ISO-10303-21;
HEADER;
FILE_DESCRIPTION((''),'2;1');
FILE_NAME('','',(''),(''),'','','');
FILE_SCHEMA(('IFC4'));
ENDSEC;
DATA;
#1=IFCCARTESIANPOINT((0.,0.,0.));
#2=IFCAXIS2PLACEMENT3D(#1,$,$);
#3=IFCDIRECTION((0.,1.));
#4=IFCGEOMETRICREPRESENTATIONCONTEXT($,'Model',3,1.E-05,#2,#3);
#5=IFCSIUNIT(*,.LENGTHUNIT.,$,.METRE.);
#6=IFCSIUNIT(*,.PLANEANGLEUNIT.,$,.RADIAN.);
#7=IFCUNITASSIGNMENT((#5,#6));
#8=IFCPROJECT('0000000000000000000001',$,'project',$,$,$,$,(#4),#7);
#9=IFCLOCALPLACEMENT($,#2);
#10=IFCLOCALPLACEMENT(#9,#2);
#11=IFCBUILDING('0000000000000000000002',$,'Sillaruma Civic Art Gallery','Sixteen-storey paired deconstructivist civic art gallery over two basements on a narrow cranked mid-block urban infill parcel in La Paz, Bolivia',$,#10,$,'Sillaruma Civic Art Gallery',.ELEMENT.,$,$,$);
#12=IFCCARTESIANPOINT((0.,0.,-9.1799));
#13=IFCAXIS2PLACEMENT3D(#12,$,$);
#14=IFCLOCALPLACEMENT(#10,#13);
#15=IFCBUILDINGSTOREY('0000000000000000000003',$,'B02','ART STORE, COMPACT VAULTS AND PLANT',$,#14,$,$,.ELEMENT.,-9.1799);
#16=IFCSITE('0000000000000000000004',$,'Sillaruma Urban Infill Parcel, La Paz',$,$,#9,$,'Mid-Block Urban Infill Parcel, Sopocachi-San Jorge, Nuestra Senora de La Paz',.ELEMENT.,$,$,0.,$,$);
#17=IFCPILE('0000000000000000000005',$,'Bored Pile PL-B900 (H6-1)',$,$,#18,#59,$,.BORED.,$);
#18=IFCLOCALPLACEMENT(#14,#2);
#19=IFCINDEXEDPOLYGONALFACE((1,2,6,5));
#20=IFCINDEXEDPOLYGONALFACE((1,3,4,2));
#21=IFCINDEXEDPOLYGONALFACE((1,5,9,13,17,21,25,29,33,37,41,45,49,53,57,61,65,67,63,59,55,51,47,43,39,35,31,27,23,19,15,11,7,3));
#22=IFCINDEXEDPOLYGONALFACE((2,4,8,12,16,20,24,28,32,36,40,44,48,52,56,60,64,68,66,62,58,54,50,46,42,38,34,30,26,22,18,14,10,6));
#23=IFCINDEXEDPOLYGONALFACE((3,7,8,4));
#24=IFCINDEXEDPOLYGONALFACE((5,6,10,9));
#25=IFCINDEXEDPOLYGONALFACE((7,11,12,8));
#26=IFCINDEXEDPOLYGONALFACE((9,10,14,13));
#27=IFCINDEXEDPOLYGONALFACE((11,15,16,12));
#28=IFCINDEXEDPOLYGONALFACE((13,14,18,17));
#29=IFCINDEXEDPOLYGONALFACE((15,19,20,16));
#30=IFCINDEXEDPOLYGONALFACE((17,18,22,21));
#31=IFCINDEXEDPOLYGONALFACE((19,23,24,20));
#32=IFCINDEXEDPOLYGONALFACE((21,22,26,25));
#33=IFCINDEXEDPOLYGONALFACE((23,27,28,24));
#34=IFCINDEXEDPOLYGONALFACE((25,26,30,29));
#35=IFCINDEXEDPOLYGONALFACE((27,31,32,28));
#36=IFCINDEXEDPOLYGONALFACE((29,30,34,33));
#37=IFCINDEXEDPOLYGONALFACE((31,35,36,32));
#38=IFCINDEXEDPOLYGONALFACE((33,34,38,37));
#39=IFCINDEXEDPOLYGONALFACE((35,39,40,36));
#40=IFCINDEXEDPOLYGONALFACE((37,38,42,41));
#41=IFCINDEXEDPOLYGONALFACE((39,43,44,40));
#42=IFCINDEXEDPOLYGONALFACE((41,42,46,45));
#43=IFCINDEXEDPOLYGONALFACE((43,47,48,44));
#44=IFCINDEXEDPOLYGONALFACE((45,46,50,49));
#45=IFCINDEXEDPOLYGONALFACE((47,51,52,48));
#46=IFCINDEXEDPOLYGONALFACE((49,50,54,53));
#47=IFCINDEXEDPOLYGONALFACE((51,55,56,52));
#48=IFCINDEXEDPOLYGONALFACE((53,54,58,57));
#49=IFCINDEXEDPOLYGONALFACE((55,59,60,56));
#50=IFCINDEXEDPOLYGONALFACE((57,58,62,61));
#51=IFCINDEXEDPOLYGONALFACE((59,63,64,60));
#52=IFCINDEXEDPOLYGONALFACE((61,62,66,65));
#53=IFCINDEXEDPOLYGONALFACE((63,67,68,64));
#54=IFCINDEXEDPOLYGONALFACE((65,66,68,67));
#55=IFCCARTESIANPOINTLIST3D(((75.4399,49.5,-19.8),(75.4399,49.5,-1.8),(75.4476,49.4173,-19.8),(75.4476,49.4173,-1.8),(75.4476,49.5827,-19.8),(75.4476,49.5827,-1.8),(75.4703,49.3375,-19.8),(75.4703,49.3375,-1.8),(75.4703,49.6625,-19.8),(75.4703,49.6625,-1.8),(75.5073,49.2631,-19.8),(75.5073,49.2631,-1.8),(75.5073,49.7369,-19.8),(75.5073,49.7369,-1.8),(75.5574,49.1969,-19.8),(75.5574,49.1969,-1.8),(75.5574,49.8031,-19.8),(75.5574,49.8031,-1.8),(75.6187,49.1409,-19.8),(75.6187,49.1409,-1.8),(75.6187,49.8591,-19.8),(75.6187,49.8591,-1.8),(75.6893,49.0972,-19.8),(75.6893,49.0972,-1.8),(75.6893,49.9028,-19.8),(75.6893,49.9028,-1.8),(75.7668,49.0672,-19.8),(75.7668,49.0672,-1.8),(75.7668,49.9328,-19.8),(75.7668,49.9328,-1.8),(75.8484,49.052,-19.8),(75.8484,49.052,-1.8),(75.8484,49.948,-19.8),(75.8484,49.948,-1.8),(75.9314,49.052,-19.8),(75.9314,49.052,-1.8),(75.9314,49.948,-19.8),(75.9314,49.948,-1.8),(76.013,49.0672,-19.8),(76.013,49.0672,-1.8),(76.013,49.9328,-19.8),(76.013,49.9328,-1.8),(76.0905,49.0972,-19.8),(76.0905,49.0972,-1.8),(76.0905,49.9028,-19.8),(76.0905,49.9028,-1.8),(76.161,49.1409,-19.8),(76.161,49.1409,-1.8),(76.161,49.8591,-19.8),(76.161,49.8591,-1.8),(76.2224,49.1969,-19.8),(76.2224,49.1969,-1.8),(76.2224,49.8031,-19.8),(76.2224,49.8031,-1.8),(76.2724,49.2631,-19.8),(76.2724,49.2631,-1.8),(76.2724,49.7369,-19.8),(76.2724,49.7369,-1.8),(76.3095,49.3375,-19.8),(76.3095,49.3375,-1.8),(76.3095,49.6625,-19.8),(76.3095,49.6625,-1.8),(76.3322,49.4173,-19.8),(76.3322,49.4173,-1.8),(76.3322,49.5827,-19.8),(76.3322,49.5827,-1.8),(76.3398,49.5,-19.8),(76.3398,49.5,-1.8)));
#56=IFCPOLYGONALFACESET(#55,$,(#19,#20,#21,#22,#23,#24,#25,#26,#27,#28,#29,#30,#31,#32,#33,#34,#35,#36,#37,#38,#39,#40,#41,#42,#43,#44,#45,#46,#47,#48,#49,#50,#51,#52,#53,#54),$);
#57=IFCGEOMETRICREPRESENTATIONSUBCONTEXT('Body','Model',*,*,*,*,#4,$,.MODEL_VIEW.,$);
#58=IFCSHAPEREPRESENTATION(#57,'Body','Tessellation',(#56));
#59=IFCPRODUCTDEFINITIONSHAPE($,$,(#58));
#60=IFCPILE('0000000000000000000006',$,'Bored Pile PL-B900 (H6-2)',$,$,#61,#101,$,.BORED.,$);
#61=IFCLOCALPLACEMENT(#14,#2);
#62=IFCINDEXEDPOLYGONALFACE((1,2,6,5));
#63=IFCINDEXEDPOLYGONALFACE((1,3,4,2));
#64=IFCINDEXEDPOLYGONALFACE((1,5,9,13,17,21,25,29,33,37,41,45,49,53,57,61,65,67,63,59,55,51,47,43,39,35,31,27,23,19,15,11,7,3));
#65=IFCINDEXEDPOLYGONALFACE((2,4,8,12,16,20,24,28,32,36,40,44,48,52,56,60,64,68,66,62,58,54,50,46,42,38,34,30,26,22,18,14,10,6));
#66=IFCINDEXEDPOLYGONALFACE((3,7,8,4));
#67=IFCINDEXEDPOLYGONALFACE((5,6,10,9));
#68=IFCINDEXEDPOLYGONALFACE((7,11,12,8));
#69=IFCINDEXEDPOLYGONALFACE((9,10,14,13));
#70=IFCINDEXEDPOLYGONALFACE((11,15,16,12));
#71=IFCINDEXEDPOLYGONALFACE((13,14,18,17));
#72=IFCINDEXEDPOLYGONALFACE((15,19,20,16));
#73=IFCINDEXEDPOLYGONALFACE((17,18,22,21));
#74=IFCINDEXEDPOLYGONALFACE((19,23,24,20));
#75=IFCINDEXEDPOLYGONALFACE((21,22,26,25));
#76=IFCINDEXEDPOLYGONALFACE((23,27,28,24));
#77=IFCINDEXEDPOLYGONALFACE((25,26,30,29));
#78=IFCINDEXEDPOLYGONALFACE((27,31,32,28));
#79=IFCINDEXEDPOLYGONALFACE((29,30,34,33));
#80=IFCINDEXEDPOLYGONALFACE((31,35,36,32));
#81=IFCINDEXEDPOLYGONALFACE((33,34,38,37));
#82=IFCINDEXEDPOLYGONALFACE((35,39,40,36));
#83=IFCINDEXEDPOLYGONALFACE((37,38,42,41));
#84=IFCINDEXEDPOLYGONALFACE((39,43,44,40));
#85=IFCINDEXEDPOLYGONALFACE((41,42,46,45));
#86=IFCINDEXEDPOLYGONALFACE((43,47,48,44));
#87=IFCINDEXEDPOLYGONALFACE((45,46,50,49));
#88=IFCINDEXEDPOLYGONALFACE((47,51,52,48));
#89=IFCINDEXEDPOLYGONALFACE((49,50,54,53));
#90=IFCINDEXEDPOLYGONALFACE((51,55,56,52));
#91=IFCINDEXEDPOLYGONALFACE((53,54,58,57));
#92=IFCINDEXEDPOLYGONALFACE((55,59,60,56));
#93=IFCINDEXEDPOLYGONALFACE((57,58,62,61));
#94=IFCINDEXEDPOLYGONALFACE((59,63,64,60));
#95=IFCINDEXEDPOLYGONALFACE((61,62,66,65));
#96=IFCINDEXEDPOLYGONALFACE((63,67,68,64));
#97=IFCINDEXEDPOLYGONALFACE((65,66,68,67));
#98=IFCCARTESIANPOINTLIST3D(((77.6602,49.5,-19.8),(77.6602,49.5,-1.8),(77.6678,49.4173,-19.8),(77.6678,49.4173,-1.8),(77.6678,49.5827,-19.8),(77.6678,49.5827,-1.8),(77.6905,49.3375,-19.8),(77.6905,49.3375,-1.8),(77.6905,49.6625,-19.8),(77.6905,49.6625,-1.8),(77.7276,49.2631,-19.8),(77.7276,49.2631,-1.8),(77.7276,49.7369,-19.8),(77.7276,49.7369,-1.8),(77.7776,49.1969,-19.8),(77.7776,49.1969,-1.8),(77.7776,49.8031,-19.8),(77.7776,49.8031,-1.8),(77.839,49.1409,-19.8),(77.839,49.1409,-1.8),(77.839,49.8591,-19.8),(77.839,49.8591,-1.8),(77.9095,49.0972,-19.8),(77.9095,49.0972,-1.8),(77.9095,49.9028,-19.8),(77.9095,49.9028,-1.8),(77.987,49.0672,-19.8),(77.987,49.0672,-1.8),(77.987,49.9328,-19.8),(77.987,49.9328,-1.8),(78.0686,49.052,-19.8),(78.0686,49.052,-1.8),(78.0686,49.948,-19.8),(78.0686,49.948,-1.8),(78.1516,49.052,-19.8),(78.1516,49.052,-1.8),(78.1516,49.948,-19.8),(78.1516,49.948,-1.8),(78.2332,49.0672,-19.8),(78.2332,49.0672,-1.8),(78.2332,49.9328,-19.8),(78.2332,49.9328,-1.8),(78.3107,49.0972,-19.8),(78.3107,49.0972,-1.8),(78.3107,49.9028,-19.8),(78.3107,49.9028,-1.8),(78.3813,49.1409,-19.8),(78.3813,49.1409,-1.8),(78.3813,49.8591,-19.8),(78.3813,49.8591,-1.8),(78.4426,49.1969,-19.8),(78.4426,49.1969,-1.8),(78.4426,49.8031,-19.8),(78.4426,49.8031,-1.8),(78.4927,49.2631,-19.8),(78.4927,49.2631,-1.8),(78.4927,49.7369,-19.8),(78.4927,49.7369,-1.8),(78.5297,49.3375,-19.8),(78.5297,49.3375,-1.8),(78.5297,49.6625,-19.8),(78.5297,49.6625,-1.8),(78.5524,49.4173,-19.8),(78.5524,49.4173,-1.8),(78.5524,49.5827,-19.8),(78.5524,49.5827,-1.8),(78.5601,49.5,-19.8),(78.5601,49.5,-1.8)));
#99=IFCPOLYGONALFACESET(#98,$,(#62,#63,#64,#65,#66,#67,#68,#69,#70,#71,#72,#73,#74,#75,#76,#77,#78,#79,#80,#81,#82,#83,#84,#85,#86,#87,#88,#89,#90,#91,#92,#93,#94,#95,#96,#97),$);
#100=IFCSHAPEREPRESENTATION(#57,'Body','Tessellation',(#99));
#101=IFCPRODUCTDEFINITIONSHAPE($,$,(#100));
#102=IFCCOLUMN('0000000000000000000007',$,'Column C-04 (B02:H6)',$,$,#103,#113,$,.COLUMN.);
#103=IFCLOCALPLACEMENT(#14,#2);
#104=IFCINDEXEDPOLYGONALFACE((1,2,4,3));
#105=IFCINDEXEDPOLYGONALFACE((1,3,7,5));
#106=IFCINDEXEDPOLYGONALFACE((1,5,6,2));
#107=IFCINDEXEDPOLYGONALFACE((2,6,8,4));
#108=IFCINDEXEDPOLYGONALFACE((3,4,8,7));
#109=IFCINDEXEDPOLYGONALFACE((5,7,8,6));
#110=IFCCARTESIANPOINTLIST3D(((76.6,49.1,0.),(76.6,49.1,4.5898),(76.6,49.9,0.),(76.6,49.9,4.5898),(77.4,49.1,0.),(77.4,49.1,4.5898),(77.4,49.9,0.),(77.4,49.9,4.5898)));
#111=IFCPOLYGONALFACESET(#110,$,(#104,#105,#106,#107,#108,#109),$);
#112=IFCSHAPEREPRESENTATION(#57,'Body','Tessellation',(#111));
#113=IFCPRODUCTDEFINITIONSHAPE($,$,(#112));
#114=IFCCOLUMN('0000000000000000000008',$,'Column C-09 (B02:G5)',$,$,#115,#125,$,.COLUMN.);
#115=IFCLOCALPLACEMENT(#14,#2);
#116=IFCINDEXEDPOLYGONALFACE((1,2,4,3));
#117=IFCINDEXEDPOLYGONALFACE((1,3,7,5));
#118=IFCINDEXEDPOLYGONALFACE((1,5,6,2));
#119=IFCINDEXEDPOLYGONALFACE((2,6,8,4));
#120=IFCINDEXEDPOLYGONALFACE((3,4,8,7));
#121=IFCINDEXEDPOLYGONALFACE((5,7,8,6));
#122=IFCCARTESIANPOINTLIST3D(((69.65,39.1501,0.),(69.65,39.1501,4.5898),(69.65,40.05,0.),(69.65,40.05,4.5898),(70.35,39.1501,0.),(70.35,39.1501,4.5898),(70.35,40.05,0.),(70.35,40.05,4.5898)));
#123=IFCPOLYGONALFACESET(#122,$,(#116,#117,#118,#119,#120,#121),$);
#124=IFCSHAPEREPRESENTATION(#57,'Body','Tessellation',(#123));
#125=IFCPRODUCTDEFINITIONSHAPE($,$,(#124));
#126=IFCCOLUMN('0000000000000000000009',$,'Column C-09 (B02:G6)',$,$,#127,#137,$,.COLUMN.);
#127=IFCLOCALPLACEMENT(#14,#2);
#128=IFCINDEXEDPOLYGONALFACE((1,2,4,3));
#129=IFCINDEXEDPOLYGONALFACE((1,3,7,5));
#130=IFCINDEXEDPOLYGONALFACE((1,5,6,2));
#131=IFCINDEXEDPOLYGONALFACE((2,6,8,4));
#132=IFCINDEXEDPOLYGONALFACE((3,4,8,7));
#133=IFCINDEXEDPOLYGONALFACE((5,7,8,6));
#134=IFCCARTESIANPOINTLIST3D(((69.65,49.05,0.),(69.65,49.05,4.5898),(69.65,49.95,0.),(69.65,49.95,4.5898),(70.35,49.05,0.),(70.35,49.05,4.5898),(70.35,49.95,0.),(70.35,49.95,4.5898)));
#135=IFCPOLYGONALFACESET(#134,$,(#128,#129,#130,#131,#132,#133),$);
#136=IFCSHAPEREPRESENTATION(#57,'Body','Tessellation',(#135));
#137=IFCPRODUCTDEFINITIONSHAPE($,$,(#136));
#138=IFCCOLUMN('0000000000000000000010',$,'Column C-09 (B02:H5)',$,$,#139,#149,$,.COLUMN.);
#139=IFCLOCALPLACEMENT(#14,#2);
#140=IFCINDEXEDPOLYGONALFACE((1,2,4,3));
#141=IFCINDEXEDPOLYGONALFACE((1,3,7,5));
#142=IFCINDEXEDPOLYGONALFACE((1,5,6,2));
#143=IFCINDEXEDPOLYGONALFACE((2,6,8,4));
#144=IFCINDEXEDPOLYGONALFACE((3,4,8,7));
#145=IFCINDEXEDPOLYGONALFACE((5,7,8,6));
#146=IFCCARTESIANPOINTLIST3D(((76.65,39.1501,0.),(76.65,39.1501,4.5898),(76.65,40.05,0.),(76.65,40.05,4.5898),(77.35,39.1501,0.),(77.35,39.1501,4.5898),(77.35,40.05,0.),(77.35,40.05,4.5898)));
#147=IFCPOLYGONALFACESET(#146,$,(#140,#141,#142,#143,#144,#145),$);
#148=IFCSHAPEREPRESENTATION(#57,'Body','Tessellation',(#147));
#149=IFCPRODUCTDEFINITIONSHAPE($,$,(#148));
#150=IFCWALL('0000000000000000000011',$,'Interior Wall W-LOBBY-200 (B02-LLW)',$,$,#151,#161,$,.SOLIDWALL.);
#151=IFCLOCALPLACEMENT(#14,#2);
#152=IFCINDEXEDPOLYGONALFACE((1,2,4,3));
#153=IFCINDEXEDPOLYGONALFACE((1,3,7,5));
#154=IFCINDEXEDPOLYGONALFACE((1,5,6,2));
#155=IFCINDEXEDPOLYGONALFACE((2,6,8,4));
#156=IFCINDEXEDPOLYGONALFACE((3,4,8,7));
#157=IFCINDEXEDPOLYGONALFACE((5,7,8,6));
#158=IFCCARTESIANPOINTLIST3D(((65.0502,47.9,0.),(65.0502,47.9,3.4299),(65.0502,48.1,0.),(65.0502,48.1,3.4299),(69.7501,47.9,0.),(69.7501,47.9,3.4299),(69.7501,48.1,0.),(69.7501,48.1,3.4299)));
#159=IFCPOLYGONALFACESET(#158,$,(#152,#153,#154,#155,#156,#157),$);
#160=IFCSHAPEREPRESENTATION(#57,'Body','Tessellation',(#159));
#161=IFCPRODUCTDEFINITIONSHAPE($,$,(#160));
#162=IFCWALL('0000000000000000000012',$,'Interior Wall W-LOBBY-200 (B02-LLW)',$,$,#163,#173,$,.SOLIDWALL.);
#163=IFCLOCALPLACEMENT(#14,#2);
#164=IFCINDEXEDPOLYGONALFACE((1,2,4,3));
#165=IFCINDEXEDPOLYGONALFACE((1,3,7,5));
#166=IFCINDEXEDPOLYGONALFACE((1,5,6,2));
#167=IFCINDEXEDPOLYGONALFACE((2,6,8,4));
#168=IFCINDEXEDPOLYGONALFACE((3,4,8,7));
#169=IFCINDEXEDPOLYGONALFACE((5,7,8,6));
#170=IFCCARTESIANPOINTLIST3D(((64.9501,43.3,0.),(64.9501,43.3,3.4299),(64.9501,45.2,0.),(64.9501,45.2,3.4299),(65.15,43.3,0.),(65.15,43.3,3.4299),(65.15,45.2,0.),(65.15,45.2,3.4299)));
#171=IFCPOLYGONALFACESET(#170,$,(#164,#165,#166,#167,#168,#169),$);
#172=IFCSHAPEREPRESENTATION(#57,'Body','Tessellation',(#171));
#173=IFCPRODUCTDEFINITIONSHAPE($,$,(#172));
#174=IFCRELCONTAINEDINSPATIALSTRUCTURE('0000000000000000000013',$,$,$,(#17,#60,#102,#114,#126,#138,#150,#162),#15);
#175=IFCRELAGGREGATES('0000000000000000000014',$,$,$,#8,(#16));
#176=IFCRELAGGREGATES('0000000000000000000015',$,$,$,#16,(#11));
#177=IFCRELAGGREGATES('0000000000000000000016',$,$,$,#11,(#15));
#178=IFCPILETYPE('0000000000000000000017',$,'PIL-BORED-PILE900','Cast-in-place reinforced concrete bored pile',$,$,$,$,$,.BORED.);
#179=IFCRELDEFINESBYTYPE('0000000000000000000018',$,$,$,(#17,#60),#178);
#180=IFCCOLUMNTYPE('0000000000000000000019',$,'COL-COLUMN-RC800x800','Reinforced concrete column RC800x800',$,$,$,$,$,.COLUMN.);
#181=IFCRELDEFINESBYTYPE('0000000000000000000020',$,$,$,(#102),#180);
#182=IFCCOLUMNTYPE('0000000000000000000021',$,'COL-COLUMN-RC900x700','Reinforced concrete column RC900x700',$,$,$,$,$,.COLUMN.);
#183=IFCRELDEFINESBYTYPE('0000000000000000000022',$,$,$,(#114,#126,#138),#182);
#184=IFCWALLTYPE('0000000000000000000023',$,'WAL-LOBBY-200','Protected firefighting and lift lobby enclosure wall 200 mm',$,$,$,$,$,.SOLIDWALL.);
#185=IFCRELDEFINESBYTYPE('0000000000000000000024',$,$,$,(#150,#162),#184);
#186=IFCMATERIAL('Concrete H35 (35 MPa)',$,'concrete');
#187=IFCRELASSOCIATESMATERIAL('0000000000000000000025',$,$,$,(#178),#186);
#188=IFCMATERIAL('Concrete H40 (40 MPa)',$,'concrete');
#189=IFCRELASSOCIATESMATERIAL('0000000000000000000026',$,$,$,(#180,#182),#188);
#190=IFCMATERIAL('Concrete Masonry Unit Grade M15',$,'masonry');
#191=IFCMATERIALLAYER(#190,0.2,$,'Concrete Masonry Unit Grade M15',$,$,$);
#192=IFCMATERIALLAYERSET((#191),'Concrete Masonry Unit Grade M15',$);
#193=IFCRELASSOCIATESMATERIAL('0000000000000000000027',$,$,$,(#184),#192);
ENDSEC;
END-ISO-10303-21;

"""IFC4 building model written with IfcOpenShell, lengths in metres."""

from ifc_helpers import new_model, si_unit, direction, frame, frame_2d, origin, origin_2d, place, context, subcontext, project, spatial, rectangle, circle, extrude, material, layer, layer_set, material_profile, profile_set, type_object, element, save


model = new_model("IFC4")

# Units and contexts
model_context = context("Model", 3, precision=1e-05, world=origin(), true_north=direction((0.0, 1.0)))
body_context = subcontext(model_context, "Body", "Model", "MODEL_VIEW")
ifc_project = project(units=[si_unit("LENGTHUNIT", "METRE"), si_unit("PLANEANGLEUNIT", "RADIAN")], contexts=[model_context])

# Site, building, storey
site_placement = place(None, origin())
site = spatial("IfcSite", under=ifc_project, at=site_placement, Name="Sillaruma Urban Infill Parcel, La Paz", LongName="Mid-Block Urban Infill Parcel, Sopocachi-San Jorge, Nuestra Senora de La Paz", CompositionType="ELEMENT", RefElevation=0.0)
building_placement = place(site_placement, origin())
building = spatial("IfcBuilding", under=site, at=building_placement, Name="Sillaruma Civic Art Gallery", Description="Sixteen-storey paired deconstructivist civic art gallery over two basements on a narrow cranked mid-block urban infill parcel in La Paz, Bolivia", LongName="Sillaruma Civic Art Gallery", CompositionType="ELEMENT")
storey_placement = place(building_placement, frame((0.0, 0.0, -9.1799)))
storey = spatial("IfcBuildingStorey", under=building, at=storey_placement, Name="B02", Description="ART STORE, COMPACT VAULTS AND PLANT", CompositionType="ELEMENT", Elevation=-9.1799)

# Shared definitions
ifc_material_1 = material(Name="Concrete H35 (35 MPa)", Category="concrete")

# Piles
ifc_material_profile_1 = material_profile(ifc_material_1, circle(Radius=0.45, at=origin_2d()), Name="PILE900")
ifc_profile_set_1 = profile_set([ifc_material_profile_1], Name="Concrete H35 (35 MPa)")
pile_type_1 = type_object("IfcPileType", Name="PIL-BORED-PILE900", Description="Cast-in-place reinforced concrete bored pile", PredefinedType="BORED", material=ifc_profile_set_1)
for number, where, z_axis, x_axis, name in (
    (1, (75.8899, 49.5, -1.8), (0.0, 0.0, -1.0), (1.0, 0.0, 0.0), "Bored Pile PL-B900 (H6-1)"),
    (2, (78.1101, 49.5, -1.8), (0.0, 0.0, -1.0), (1.0, 0.0, 0.0), "Bored Pile PL-B900 (H6-2)"),
):
    element("IfcPile", number, at=place(storey_placement, frame(where, z_axis=z_axis, x_axis=x_axis)), inside=storey, type_object=pile_type_1, Name=name, PredefinedType="BORED", context=body_context, shape_type="SweptSolid", body=[
        extrude(circle(Radius=0.45, at=origin_2d()), origin(), (0.0, 0.0, 1.0), 18.0),
    ])

# Columns
ifc_material_2 = material(Name="Concrete H40 (40 MPa)", Category="concrete")
ifc_material_profile_2 = material_profile(ifc_material_2, rectangle(XDim=0.8, YDim=0.8, at=origin_2d()), Name="RC800x800")
ifc_profile_set_2 = profile_set([ifc_material_profile_2], Name="Concrete H40 (40 MPa)")
column_type_1 = type_object("IfcColumnType", Name="COL-COLUMN-RC800x800", Description="Reinforced concrete column RC800x800", PredefinedType="COLUMN", material=ifc_profile_set_2)
column_placement = place(storey_placement, frame((77.0, 49.5, 0.0), z_axis=(0.0, 0.0, 1.0), x_axis=(1.0, 0.0, 0.0)))
element("IfcColumn", 3, at=column_placement, inside=storey, type_object=column_type_1, Name="Column C-04 (B02:H6)", PredefinedType="COLUMN", context=body_context, shape_type="SweptSolid", body=[
    extrude(rectangle(XDim=0.8, YDim=0.8, at=origin_2d()), origin(), (0.0, 0.0, 1.0), 4.5898),
])
ifc_material_profile_3 = material_profile(ifc_material_2, rectangle(XDim=0.7, YDim=0.8999, at=origin_2d()), Name="RC900x700")
ifc_profile_set_3 = profile_set([ifc_material_profile_3], Name="Concrete H40 (40 MPa)")
column_type_2 = type_object("IfcColumnType", Name="COL-COLUMN-RC900x700", Description="Reinforced concrete column RC900x700", PredefinedType="COLUMN", material=ifc_profile_set_3)
for number, where, z_axis, x_axis, name in (
    (4, (70.0, 39.6001, 0.0), (0.0, 0.0, 1.0), (1.0, 0.0, 0.0), "Column C-09 (B02:G5)"),
    (5, (70.0, 49.5, 0.0), (0.0, 0.0, 1.0), (1.0, 0.0, 0.0), "Column C-09 (B02:G6)"),
    (6, (77.0, 39.6001, 0.0), (0.0, 0.0, 1.0), (1.0, 0.0, 0.0), "Column C-09 (B02:H5)"),
):
    element("IfcColumn", number, at=place(storey_placement, frame(where, z_axis=z_axis, x_axis=x_axis)), inside=storey, type_object=column_type_2, Name=name, PredefinedType="COLUMN", context=body_context, shape_type="SweptSolid", body=[
        extrude(rectangle(XDim=0.7, YDim=0.8999, at=origin_2d()), origin(), (0.0, 0.0, 1.0), 4.5898),
    ])

# Walls
ifc_material_3 = material(Name="Concrete Masonry Unit Grade M15", Category="masonry")
ifc_layer_1 = layer(ifc_material_3, 0.2, Name="Concrete Masonry Unit Grade M15")
ifc_layer_set_1 = layer_set([ifc_layer_1], Name="Concrete Masonry Unit Grade M15")
wall_type_1 = type_object("IfcWallType", Name="WAL-LOBBY-200", Description="Protected firefighting and lift lobby enclosure wall 200 mm", PredefinedType="SOLIDWALL", material=ifc_layer_set_1)
wall_1_placement = place(storey_placement, frame((65.05, 48.0, 0.0), z_axis=(0.0, 0.0, 1.0), x_axis=(1.0, 0.0, 0.0)))
element("IfcWall", 7, at=wall_1_placement, inside=storey, type_object=wall_type_1, Name="Interior Wall W-LOBBY-200 (B02-LLW)", PredefinedType="SOLIDWALL", context=body_context, shape_type="SweptSolid", body=[
    extrude(rectangle(XDim=4.7, YDim=0.2, at=frame_2d((2.3501, 0.0))), origin(), (0.0, 0.0, 1.0), 3.4299),
])
wall_2_placement = place(storey_placement, frame((65.05, 43.3, 0.0), z_axis=(0.0, 0.0, 1.0), x_axis=(0.0, 1.0, 0.0)))
element("IfcWall", 8, at=wall_2_placement, inside=storey, type_object=wall_type_1, Name="Interior Wall W-LOBBY-200 (B02-LLW)", PredefinedType="SOLIDWALL", context=body_context, shape_type="SweptSolid", body=[
    extrude(rectangle(XDim=1.8999, YDim=0.2, at=frame_2d((0.95, 0.0))), origin(), (0.0, 0.0, 1.0), 3.4299),
])

save(model, "model.ifc")
